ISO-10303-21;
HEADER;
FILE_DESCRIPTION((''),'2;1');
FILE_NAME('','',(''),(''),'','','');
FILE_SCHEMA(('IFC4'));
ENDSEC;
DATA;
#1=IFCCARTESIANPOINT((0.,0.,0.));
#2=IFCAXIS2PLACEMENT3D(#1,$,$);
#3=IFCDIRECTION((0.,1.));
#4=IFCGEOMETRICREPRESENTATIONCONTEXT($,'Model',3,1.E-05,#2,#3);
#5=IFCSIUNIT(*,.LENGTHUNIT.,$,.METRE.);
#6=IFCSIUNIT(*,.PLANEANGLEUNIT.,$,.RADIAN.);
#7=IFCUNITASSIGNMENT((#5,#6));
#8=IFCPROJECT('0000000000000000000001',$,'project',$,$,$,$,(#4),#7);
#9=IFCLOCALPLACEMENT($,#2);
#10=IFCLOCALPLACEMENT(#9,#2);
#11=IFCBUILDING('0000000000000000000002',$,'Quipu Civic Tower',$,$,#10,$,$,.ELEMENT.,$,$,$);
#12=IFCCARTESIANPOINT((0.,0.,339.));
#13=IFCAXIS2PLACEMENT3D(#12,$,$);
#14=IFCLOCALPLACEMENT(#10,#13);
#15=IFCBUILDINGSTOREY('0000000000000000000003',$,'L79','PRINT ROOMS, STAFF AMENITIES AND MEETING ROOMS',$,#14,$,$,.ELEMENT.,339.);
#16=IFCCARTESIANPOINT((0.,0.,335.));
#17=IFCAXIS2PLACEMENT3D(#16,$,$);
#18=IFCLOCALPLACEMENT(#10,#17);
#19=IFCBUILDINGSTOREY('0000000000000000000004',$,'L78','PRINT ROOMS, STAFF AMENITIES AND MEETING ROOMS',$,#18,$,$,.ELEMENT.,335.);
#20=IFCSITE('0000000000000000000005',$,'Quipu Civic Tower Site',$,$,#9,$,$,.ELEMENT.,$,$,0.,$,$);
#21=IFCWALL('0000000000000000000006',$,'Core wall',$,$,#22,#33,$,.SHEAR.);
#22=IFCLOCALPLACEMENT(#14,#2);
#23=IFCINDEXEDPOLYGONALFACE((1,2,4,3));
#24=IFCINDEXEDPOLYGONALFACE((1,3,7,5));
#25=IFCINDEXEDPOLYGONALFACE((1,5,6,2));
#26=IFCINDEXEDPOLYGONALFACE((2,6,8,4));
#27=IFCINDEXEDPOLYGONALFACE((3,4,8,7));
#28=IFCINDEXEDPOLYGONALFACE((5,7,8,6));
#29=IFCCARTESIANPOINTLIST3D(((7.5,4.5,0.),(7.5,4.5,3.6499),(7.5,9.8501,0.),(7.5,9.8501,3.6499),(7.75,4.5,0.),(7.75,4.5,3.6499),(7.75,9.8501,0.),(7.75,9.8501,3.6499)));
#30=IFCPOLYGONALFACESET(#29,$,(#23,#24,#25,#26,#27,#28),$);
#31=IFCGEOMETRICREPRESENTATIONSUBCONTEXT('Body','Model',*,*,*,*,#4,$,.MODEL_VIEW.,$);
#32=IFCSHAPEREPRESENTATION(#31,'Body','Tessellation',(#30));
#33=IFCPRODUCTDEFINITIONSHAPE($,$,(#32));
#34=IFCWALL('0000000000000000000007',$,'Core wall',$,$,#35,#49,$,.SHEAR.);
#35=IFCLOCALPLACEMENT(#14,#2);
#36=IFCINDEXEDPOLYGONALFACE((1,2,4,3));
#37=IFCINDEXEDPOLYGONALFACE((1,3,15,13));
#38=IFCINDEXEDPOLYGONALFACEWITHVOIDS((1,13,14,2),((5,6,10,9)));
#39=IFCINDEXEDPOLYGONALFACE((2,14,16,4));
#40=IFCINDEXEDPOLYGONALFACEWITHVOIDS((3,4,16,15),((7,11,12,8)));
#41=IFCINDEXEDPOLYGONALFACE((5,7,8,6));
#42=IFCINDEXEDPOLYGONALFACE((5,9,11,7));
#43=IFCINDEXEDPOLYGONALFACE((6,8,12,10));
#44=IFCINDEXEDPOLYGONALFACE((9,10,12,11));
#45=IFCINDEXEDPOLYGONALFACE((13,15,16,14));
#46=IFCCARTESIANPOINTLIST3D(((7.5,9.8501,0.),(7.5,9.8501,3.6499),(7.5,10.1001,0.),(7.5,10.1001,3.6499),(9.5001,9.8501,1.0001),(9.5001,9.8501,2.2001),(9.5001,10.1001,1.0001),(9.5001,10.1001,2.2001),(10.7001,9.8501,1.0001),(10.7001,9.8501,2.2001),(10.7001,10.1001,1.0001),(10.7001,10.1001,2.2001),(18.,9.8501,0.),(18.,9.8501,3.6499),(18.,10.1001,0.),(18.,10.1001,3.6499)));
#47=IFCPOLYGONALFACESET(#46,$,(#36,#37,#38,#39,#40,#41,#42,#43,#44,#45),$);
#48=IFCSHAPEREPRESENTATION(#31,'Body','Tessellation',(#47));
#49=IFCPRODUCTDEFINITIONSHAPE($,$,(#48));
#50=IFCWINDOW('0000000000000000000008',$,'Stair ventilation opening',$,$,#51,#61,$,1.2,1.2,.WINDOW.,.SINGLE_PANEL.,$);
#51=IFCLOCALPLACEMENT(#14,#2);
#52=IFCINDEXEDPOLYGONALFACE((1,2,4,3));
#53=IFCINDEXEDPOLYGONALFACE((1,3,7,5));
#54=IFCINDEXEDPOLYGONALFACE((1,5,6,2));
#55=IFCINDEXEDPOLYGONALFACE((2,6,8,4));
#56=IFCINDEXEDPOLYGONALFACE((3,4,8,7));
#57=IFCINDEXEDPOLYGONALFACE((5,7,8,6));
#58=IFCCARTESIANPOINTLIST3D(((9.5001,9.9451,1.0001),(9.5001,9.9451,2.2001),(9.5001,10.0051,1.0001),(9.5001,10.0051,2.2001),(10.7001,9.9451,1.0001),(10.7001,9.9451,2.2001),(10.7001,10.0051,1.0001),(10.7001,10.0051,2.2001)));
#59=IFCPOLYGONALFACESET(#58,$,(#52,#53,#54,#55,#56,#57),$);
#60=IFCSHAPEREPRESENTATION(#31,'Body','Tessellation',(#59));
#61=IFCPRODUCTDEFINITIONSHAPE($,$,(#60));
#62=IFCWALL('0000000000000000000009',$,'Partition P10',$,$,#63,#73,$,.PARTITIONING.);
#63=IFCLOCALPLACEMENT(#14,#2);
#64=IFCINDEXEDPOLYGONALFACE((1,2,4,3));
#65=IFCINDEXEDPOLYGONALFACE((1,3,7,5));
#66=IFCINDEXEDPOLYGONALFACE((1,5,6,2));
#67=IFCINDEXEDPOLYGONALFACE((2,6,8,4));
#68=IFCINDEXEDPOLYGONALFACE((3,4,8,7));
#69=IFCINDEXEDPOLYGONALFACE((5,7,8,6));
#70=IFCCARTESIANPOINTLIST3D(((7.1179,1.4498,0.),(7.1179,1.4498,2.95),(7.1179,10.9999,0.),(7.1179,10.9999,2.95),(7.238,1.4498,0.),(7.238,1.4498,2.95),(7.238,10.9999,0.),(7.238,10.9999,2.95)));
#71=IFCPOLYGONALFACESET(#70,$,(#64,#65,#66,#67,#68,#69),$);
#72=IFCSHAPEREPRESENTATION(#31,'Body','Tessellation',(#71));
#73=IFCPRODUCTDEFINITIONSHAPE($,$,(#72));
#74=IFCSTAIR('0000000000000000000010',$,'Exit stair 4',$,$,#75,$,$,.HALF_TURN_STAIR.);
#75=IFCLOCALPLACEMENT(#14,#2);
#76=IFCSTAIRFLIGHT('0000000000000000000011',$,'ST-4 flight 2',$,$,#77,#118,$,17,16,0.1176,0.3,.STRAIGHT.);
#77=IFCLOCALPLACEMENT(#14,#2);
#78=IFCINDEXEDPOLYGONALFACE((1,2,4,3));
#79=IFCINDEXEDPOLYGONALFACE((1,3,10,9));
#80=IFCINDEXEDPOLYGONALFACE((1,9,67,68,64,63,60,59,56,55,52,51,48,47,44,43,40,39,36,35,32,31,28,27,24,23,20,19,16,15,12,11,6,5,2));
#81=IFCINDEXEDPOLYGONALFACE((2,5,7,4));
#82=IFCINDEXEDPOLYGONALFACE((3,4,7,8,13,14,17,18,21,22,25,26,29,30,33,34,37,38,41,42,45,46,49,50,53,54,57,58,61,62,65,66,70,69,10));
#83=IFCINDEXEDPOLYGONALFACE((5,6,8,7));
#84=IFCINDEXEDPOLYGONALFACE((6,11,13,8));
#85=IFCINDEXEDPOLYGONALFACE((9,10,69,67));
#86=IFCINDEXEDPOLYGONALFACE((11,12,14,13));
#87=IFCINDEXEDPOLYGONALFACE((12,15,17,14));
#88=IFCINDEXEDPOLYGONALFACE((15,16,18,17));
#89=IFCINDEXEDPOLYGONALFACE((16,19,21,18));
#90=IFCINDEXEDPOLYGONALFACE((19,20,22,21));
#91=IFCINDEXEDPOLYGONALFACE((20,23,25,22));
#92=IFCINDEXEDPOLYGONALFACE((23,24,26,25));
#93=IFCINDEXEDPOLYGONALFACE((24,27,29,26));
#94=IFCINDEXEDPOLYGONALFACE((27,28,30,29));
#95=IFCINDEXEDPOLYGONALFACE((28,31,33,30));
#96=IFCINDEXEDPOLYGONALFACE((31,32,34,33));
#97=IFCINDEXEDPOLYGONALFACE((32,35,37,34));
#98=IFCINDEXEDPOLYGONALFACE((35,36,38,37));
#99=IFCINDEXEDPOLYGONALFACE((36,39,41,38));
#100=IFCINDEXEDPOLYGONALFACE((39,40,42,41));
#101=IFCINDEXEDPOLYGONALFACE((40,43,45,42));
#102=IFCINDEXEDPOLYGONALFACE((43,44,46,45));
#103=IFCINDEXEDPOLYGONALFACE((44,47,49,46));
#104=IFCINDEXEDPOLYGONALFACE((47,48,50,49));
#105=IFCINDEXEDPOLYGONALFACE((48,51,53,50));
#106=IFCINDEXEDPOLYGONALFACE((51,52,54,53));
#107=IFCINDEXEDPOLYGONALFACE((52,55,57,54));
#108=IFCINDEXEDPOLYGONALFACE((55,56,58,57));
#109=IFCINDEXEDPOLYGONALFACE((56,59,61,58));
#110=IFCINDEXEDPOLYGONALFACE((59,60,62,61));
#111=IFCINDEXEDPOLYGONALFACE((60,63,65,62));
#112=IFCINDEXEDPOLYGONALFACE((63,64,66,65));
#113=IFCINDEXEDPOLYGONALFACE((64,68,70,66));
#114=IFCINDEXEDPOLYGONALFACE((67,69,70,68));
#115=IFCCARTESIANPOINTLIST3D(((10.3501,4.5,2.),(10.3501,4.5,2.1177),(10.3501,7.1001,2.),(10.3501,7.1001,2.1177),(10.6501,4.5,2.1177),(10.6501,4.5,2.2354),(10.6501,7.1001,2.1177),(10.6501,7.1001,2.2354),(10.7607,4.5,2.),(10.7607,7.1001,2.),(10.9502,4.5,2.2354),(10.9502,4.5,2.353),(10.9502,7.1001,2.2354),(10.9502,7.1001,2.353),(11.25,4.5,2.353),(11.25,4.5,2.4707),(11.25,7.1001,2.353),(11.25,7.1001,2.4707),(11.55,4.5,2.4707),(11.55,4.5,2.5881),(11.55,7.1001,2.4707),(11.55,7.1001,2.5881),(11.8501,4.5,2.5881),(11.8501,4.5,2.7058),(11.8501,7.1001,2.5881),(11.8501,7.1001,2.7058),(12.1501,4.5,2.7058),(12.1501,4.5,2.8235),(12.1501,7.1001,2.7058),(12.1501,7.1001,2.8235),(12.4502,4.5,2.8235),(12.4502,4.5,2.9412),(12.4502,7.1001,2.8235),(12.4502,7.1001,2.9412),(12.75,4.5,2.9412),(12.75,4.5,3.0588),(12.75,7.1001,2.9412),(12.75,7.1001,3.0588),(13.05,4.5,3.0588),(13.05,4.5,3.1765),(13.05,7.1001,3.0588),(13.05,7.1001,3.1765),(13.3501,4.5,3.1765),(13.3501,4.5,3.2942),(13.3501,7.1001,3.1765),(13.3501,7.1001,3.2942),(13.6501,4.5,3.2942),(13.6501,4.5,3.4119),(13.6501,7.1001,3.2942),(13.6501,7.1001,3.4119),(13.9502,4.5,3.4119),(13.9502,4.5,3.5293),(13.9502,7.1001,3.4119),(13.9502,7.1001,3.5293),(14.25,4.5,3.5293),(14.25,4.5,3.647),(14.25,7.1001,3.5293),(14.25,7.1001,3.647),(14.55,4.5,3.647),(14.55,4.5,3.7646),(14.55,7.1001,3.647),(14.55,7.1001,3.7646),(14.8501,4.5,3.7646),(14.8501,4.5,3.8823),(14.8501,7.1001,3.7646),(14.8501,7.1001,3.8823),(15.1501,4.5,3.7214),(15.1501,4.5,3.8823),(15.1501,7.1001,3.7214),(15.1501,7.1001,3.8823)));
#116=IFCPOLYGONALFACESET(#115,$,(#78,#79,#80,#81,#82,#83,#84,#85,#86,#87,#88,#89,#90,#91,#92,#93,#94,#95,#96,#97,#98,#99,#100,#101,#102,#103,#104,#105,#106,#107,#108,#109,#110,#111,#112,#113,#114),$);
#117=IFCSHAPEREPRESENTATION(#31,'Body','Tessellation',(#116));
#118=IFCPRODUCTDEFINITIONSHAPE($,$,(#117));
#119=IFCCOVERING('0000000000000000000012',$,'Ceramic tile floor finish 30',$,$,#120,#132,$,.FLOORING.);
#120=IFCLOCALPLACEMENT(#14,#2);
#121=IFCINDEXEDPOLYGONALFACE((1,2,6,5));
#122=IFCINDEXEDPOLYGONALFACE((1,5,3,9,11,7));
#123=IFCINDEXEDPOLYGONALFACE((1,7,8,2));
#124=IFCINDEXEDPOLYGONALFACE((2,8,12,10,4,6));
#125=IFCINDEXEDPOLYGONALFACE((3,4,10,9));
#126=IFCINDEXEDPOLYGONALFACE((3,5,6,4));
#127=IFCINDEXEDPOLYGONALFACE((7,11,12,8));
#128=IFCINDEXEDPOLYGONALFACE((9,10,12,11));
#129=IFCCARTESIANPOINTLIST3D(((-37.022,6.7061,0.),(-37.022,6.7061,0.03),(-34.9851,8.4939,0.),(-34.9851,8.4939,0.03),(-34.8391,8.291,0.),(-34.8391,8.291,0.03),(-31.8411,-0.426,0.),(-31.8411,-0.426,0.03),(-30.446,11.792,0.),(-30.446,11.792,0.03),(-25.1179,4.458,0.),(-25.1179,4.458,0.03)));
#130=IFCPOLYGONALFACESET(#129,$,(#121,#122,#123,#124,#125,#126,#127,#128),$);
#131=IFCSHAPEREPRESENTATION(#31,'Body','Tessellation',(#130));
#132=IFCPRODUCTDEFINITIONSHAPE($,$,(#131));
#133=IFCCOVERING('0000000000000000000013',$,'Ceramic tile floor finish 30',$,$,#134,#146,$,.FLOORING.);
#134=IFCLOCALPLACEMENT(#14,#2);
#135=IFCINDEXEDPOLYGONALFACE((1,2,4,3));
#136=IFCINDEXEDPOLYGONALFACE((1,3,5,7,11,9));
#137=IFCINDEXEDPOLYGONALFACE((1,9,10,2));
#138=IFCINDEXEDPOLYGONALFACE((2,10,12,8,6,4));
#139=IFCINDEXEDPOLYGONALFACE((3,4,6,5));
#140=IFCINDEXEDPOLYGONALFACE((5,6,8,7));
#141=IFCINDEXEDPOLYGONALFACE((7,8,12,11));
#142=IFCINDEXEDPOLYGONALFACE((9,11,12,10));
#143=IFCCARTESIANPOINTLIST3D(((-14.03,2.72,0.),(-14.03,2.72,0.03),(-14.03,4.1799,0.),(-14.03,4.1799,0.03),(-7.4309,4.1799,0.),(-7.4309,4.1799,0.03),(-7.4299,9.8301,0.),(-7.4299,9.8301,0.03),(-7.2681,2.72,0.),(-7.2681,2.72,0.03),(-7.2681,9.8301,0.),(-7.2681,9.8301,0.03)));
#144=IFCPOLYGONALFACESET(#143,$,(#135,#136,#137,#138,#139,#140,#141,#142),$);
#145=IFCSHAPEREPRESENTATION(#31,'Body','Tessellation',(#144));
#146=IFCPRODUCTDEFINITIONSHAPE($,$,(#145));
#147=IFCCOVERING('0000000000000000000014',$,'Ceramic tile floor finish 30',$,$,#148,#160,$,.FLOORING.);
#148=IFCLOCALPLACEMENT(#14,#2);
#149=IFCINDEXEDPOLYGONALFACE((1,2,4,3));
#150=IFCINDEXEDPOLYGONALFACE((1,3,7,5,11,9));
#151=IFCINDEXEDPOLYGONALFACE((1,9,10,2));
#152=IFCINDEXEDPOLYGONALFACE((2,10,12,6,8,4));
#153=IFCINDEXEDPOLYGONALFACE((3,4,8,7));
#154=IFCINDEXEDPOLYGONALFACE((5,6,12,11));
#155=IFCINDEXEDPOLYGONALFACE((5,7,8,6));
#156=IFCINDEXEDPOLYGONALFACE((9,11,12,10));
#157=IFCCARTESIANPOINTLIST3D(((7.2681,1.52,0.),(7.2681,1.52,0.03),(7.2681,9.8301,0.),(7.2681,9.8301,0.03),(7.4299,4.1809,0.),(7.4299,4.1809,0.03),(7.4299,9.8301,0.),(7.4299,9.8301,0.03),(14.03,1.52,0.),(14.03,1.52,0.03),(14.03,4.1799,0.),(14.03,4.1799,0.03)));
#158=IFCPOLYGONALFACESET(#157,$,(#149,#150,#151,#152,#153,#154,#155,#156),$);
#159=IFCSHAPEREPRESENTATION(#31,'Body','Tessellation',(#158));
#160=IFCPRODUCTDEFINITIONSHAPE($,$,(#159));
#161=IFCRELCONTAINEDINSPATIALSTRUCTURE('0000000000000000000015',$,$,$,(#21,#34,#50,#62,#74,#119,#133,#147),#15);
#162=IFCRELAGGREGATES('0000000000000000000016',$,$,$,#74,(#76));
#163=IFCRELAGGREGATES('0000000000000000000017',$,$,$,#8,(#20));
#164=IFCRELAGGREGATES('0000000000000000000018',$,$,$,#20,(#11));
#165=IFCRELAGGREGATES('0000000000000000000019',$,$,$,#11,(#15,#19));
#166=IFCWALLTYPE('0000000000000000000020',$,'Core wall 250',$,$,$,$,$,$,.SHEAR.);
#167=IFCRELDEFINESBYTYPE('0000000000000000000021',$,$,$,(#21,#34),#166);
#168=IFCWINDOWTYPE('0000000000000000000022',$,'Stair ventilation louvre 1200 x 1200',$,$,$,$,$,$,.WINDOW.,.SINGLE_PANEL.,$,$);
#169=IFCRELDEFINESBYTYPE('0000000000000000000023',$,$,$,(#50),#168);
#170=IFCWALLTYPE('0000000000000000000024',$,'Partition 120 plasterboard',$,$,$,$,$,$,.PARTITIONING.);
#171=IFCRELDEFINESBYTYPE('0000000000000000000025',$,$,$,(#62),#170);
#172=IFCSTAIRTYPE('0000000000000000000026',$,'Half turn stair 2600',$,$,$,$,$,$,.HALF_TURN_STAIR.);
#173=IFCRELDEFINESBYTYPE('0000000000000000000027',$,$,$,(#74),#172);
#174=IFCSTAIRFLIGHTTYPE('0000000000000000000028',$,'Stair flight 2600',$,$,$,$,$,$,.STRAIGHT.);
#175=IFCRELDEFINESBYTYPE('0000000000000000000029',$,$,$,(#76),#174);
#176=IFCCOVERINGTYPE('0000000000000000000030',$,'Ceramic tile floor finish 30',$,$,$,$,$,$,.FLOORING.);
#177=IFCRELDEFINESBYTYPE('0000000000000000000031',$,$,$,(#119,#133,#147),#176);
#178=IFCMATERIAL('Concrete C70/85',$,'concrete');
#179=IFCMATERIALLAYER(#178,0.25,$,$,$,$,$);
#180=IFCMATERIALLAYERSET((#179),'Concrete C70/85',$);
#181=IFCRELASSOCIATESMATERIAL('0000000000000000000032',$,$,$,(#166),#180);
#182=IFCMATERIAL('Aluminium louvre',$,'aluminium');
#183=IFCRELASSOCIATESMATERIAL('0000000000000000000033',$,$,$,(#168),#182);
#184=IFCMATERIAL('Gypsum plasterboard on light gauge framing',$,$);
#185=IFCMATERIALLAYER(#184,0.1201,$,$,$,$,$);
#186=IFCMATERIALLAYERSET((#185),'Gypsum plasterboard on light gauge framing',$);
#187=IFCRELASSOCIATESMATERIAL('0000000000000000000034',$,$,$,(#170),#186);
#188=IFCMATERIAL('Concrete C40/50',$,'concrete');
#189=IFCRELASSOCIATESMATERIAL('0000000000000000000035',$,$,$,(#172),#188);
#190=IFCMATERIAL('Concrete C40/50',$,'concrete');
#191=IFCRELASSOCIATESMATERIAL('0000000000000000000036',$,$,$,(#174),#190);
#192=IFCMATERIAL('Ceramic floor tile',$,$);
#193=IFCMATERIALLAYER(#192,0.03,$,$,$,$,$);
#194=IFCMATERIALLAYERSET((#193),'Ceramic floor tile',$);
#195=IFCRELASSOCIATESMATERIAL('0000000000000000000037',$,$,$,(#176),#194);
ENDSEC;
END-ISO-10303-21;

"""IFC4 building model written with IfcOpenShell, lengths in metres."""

from ifc_helpers import new_model, si_unit, direction, frame, frame_2d, origin, place, context, subcontext, project, spatial, polyline, rectangle, outline, extrude, material, layer, layer_set, type_object, element, fill, aggregate, save


model = new_model("IFC4")

# Units and contexts
model_context = context("Model", 3, precision=1e-05, world=origin(), true_north=direction((0.0, 1.0)))
body_context = subcontext(model_context, "Body", "Model", "MODEL_VIEW")
ifc_project = project(units=[si_unit("LENGTHUNIT", "METRE"), si_unit("PLANEANGLEUNIT", "RADIAN")], contexts=[model_context])

# Site, building, storey
site_placement = place(None, origin())
site = spatial("IfcSite", under=ifc_project, at=site_placement, Name="Quipu Civic Tower Site", CompositionType="ELEMENT", RefElevation=0.0)
building_placement = place(site_placement, origin())
building = spatial("IfcBuilding", under=site, at=building_placement, Name="Quipu Civic Tower", CompositionType="ELEMENT")
storey_1_placement = place(building_placement, frame((0.0, 0.0, 339.0)))
storey_1 = spatial("IfcBuildingStorey", under=building, at=storey_1_placement, Name="L79", Description="PRINT ROOMS, STAFF AMENITIES AND MEETING ROOMS", CompositionType="ELEMENT", Elevation=339.0)

# Shared definitions
storey_2_placement = place(building_placement, frame((0.0, 0.0, 335.0)))
storey_2 = spatial("IfcBuildingStorey", under=building, at=storey_2_placement, Name="L78", Description="PRINT ROOMS, STAFF AMENITIES AND MEETING ROOMS", CompositionType="ELEMENT", Elevation=335.0)

# Shared definitions
ifc_material_1 = material(Name="Concrete C70/85", Category="concrete")
ifc_layer_1 = layer(ifc_material_1, 0.25)
ifc_layer_set_1 = layer_set([ifc_layer_1], Name="Concrete C70/85")
wall_type_1 = type_object("IfcWallType", Name="Core wall 250", PredefinedType="SHEAR", material=ifc_layer_set_1)

# Wall
wall_1_placement = place(storey_1_placement, frame((7.625, 4.5, 0.0), z_axis=(0.0, 0.0, 1.0), x_axis=(0.0, 1.0, 0.0)))
element("IfcWall", 1, at=wall_1_placement, inside=storey_1, type_object=wall_type_1, Name="Core wall", PredefinedType="SHEAR", context=body_context, shape_type="SweptSolid", body=[
    extrude(rectangle(XDim=5.3501, YDim=0.25, at=frame_2d((2.675, 0.0))), origin(), (0.0, 0.0, 1.0), 3.6499),
])

# Wall, opening, window
wall_2_placement = place(storey_1_placement, frame((7.5, 9.9751, 0.0), z_axis=(0.0, 0.0, 1.0), x_axis=(1.0, 0.0, 0.0)))
wall_2 = element("IfcWall", 2, at=wall_2_placement, inside=storey_1, type_object=wall_type_1, Name="Core wall", PredefinedType="SHEAR", context=body_context, shape_type="SweptSolid", body=[
    extrude(rectangle(XDim=10.5, YDim=0.25, at=frame_2d((5.25, 0.0))), origin(), (0.0, 0.0, 1.0), 3.6499),
])
opening_1_placement = place(wall_2_placement, frame((2.0, 0.0, 1.0)))
opening_1 = element("IfcOpeningElement", 3, at=opening_1_placement, cuts=wall_2, PredefinedType="OPENING", context=body_context, shape_type="SweptSolid", body=[
    extrude(rectangle(XDim=1.2, YDim=1.2, at=frame_2d((0.6001, 0.6001))), frame((0.0, 0.135, 0.0), z_axis=(0.0, -1.0, 0.0), x_axis=(1.0, 0.0, 0.0)), (0.0, 0.0, 1.0), 0.27),
])
ifc_material_2 = material(Name="Aluminium louvre", Category="aluminium")
window_type = type_object("IfcWindowType", Name="Stair ventilation louvre 1200 x 1200", PartitioningType="SINGLE_PANEL", PredefinedType="WINDOW", material=ifc_material_2)
window_placement = place(opening_1_placement, origin())
window = element("IfcWindow", 4, at=window_placement, inside=storey_1, type_object=window_type, Name="Stair ventilation opening", OverallHeight=1.2, OverallWidth=1.2, PartitioningType="SINGLE_PANEL", PredefinedType="WINDOW", context=body_context, shape_type="SweptSolid", body=[
    extrude(rectangle(XDim=1.2, YDim=1.2, at=frame_2d((0.6001, 0.6001))), frame((0.0, 0.03, 0.0), z_axis=(0.0, -1.0, 0.0), x_axis=(1.0, 0.0, 0.0)), (0.0, 0.0, 1.0), 0.0601),
])
fill(opening_1, window)

# Wall
ifc_material_3 = material(Name="Gypsum plasterboard on light gauge framing")
ifc_layer_2 = layer(ifc_material_3, 0.1201)
ifc_layer_set_2 = layer_set([ifc_layer_2], Name="Gypsum plasterboard on light gauge framing")
wall_type_2 = type_object("IfcWallType", Name="Partition 120 plasterboard", PredefinedType="PARTITIONING", material=ifc_layer_set_2)
wall_3_placement = place(storey_1_placement, frame((7.178, 1.45, 0.0), z_axis=(0.0, 0.0, 1.0), x_axis=(0.0, 1.0, 0.0)))
element("IfcWall", 5, at=wall_3_placement, inside=storey_1, type_object=wall_type_2, Name="Partition P10", PredefinedType="PARTITIONING", context=body_context, shape_type="SweptSolid", body=[
    extrude(rectangle(XDim=9.55, YDim=0.1201, at=frame_2d((4.7749, 0.0))), origin(), (0.0, 0.0, 1.0), 2.95),
])

# Stair, stair flight
ifc_material_4 = material(Name="Concrete C40/50", Category="concrete")
stair_type = type_object("IfcStairType", Name="Half turn stair 2600", PredefinedType="HALF_TURN_STAIR", material=ifc_material_4)
stair_placement = place(storey_1_placement, origin())
stair = element("IfcStair", 6, at=stair_placement, inside=storey_1, type_object=stair_type, Name="Exit stair 4", PredefinedType="HALF_TURN_STAIR")
ifc_material_5 = material(Name="Concrete C40/50", Category="concrete")
stair_flight_type = type_object("IfcStairFlightType", Name="Stair flight 2600", PredefinedType="STRAIGHT", material=ifc_material_5)
stair_flight_placement = place(storey_1_placement, frame((10.3501, 5.8, 2.0), z_axis=(0.0, 0.0, 1.0), x_axis=(1.0, 0.0, 0.0)))
stair_flight = element("IfcStairFlight", 7, at=stair_flight_placement, type_object=stair_flight_type, Name="ST-4 flight 2", NumberOfRisers=17, NumberOfTreads=16, PredefinedType="STRAIGHT", RiserHeight=0.1176, TreadLength=0.3, context=body_context, shape_type="SweptSolid", body=[
    extrude(outline(polyline([(0.0, 0.0), (0.0, 0.1177), (0.3, 0.1177), (0.3, 0.2354), (0.6001, 0.2354), (0.6001, 0.353), (0.8999, 0.353), (0.8999, 0.4707), (1.2, 0.4707), (1.2, 0.5881), (1.5, 0.5881), (1.5, 0.7058), (1.8, 0.7058), (1.8, 0.8235), (2.1001, 0.8235), (2.1001, 0.9412), (2.3999, 0.9412), (2.3999, 1.0588), (2.7, 1.0588), (2.7, 1.1765), (3.0, 1.1765), (3.0, 1.2942), (3.3, 1.2942), (3.3, 1.4119), (3.6001, 1.4119), (3.6001, 1.5293), (3.8999, 1.5293), (3.8999, 1.647), (4.2, 1.647), (4.2, 1.7646), (4.5, 1.7646), (4.5, 1.8823), (4.8, 1.8823), (4.8, 2.0), (4.8, 1.7214), (0.4106, 0.0), (0.0, 0.0)])), frame((0.0, 1.3, 0.0), z_axis=(0.0, -1.0, 0.0), x_axis=(1.0, 0.0, 0.0)), (0.0, 0.0, 1.0), 2.6001),
])
aggregate(stair, [stair_flight])

# Coverings
ifc_material_6 = material(Name="Ceramic floor tile")
ifc_layer_3 = layer(ifc_material_6, 0.03)
ifc_layer_set_3 = layer_set([ifc_layer_3], Name="Ceramic floor tile")
covering_type = type_object("IfcCoveringType", Name="Ceramic tile floor finish 30", PredefinedType="FLOORING", material=ifc_layer_set_3)
covering_1_placement = place(storey_1_placement, origin())
element("IfcCovering", 8, at=covering_1_placement, inside=storey_1, type_object=covering_type, Name="Ceramic tile floor finish 30", PredefinedType="FLOORING", context=body_context, shape_type="SweptSolid", body=[
    extrude(outline(polyline([(-37.022, 6.7061), (-34.8391, 8.291), (-34.9851, 8.4939), (-30.446, 11.792), (-25.1179, 4.458), (-31.8411, -0.426), (-37.022, 6.7061)])), origin(), (0.0, 0.0, 1.0), 0.03),
])
covering_2_placement = place(storey_1_placement, origin())
element("IfcCovering", 9, at=covering_2_placement, inside=storey_1, type_object=covering_type, Name="Ceramic tile floor finish 30", PredefinedType="FLOORING", context=body_context, shape_type="SweptSolid", body=[
    extrude(outline(polyline([(-14.03, 4.1799), (-7.4309, 4.1799), (-7.4299, 9.8301), (-7.2681, 9.8301), (-7.2681, 2.72), (-14.03, 2.72), (-14.03, 4.1799)])), origin(), (0.0, 0.0, 1.0), 0.03),
])
covering_3_placement = place(storey_1_placement, origin())
element("IfcCovering", 10, at=covering_3_placement, inside=storey_1, type_object=covering_type, Name="Ceramic tile floor finish 30", PredefinedType="FLOORING", context=body_context, shape_type="SweptSolid", body=[
    extrude(outline(polyline([(7.2681, 1.52), (7.2681, 9.8301), (7.4299, 9.8301), (7.4299, 4.1809), (14.03, 4.1799), (14.03, 1.52), (7.2681, 1.52)])), origin(), (0.0, 0.0, 1.0), 0.03),
])

save(model, "model.ifc")
